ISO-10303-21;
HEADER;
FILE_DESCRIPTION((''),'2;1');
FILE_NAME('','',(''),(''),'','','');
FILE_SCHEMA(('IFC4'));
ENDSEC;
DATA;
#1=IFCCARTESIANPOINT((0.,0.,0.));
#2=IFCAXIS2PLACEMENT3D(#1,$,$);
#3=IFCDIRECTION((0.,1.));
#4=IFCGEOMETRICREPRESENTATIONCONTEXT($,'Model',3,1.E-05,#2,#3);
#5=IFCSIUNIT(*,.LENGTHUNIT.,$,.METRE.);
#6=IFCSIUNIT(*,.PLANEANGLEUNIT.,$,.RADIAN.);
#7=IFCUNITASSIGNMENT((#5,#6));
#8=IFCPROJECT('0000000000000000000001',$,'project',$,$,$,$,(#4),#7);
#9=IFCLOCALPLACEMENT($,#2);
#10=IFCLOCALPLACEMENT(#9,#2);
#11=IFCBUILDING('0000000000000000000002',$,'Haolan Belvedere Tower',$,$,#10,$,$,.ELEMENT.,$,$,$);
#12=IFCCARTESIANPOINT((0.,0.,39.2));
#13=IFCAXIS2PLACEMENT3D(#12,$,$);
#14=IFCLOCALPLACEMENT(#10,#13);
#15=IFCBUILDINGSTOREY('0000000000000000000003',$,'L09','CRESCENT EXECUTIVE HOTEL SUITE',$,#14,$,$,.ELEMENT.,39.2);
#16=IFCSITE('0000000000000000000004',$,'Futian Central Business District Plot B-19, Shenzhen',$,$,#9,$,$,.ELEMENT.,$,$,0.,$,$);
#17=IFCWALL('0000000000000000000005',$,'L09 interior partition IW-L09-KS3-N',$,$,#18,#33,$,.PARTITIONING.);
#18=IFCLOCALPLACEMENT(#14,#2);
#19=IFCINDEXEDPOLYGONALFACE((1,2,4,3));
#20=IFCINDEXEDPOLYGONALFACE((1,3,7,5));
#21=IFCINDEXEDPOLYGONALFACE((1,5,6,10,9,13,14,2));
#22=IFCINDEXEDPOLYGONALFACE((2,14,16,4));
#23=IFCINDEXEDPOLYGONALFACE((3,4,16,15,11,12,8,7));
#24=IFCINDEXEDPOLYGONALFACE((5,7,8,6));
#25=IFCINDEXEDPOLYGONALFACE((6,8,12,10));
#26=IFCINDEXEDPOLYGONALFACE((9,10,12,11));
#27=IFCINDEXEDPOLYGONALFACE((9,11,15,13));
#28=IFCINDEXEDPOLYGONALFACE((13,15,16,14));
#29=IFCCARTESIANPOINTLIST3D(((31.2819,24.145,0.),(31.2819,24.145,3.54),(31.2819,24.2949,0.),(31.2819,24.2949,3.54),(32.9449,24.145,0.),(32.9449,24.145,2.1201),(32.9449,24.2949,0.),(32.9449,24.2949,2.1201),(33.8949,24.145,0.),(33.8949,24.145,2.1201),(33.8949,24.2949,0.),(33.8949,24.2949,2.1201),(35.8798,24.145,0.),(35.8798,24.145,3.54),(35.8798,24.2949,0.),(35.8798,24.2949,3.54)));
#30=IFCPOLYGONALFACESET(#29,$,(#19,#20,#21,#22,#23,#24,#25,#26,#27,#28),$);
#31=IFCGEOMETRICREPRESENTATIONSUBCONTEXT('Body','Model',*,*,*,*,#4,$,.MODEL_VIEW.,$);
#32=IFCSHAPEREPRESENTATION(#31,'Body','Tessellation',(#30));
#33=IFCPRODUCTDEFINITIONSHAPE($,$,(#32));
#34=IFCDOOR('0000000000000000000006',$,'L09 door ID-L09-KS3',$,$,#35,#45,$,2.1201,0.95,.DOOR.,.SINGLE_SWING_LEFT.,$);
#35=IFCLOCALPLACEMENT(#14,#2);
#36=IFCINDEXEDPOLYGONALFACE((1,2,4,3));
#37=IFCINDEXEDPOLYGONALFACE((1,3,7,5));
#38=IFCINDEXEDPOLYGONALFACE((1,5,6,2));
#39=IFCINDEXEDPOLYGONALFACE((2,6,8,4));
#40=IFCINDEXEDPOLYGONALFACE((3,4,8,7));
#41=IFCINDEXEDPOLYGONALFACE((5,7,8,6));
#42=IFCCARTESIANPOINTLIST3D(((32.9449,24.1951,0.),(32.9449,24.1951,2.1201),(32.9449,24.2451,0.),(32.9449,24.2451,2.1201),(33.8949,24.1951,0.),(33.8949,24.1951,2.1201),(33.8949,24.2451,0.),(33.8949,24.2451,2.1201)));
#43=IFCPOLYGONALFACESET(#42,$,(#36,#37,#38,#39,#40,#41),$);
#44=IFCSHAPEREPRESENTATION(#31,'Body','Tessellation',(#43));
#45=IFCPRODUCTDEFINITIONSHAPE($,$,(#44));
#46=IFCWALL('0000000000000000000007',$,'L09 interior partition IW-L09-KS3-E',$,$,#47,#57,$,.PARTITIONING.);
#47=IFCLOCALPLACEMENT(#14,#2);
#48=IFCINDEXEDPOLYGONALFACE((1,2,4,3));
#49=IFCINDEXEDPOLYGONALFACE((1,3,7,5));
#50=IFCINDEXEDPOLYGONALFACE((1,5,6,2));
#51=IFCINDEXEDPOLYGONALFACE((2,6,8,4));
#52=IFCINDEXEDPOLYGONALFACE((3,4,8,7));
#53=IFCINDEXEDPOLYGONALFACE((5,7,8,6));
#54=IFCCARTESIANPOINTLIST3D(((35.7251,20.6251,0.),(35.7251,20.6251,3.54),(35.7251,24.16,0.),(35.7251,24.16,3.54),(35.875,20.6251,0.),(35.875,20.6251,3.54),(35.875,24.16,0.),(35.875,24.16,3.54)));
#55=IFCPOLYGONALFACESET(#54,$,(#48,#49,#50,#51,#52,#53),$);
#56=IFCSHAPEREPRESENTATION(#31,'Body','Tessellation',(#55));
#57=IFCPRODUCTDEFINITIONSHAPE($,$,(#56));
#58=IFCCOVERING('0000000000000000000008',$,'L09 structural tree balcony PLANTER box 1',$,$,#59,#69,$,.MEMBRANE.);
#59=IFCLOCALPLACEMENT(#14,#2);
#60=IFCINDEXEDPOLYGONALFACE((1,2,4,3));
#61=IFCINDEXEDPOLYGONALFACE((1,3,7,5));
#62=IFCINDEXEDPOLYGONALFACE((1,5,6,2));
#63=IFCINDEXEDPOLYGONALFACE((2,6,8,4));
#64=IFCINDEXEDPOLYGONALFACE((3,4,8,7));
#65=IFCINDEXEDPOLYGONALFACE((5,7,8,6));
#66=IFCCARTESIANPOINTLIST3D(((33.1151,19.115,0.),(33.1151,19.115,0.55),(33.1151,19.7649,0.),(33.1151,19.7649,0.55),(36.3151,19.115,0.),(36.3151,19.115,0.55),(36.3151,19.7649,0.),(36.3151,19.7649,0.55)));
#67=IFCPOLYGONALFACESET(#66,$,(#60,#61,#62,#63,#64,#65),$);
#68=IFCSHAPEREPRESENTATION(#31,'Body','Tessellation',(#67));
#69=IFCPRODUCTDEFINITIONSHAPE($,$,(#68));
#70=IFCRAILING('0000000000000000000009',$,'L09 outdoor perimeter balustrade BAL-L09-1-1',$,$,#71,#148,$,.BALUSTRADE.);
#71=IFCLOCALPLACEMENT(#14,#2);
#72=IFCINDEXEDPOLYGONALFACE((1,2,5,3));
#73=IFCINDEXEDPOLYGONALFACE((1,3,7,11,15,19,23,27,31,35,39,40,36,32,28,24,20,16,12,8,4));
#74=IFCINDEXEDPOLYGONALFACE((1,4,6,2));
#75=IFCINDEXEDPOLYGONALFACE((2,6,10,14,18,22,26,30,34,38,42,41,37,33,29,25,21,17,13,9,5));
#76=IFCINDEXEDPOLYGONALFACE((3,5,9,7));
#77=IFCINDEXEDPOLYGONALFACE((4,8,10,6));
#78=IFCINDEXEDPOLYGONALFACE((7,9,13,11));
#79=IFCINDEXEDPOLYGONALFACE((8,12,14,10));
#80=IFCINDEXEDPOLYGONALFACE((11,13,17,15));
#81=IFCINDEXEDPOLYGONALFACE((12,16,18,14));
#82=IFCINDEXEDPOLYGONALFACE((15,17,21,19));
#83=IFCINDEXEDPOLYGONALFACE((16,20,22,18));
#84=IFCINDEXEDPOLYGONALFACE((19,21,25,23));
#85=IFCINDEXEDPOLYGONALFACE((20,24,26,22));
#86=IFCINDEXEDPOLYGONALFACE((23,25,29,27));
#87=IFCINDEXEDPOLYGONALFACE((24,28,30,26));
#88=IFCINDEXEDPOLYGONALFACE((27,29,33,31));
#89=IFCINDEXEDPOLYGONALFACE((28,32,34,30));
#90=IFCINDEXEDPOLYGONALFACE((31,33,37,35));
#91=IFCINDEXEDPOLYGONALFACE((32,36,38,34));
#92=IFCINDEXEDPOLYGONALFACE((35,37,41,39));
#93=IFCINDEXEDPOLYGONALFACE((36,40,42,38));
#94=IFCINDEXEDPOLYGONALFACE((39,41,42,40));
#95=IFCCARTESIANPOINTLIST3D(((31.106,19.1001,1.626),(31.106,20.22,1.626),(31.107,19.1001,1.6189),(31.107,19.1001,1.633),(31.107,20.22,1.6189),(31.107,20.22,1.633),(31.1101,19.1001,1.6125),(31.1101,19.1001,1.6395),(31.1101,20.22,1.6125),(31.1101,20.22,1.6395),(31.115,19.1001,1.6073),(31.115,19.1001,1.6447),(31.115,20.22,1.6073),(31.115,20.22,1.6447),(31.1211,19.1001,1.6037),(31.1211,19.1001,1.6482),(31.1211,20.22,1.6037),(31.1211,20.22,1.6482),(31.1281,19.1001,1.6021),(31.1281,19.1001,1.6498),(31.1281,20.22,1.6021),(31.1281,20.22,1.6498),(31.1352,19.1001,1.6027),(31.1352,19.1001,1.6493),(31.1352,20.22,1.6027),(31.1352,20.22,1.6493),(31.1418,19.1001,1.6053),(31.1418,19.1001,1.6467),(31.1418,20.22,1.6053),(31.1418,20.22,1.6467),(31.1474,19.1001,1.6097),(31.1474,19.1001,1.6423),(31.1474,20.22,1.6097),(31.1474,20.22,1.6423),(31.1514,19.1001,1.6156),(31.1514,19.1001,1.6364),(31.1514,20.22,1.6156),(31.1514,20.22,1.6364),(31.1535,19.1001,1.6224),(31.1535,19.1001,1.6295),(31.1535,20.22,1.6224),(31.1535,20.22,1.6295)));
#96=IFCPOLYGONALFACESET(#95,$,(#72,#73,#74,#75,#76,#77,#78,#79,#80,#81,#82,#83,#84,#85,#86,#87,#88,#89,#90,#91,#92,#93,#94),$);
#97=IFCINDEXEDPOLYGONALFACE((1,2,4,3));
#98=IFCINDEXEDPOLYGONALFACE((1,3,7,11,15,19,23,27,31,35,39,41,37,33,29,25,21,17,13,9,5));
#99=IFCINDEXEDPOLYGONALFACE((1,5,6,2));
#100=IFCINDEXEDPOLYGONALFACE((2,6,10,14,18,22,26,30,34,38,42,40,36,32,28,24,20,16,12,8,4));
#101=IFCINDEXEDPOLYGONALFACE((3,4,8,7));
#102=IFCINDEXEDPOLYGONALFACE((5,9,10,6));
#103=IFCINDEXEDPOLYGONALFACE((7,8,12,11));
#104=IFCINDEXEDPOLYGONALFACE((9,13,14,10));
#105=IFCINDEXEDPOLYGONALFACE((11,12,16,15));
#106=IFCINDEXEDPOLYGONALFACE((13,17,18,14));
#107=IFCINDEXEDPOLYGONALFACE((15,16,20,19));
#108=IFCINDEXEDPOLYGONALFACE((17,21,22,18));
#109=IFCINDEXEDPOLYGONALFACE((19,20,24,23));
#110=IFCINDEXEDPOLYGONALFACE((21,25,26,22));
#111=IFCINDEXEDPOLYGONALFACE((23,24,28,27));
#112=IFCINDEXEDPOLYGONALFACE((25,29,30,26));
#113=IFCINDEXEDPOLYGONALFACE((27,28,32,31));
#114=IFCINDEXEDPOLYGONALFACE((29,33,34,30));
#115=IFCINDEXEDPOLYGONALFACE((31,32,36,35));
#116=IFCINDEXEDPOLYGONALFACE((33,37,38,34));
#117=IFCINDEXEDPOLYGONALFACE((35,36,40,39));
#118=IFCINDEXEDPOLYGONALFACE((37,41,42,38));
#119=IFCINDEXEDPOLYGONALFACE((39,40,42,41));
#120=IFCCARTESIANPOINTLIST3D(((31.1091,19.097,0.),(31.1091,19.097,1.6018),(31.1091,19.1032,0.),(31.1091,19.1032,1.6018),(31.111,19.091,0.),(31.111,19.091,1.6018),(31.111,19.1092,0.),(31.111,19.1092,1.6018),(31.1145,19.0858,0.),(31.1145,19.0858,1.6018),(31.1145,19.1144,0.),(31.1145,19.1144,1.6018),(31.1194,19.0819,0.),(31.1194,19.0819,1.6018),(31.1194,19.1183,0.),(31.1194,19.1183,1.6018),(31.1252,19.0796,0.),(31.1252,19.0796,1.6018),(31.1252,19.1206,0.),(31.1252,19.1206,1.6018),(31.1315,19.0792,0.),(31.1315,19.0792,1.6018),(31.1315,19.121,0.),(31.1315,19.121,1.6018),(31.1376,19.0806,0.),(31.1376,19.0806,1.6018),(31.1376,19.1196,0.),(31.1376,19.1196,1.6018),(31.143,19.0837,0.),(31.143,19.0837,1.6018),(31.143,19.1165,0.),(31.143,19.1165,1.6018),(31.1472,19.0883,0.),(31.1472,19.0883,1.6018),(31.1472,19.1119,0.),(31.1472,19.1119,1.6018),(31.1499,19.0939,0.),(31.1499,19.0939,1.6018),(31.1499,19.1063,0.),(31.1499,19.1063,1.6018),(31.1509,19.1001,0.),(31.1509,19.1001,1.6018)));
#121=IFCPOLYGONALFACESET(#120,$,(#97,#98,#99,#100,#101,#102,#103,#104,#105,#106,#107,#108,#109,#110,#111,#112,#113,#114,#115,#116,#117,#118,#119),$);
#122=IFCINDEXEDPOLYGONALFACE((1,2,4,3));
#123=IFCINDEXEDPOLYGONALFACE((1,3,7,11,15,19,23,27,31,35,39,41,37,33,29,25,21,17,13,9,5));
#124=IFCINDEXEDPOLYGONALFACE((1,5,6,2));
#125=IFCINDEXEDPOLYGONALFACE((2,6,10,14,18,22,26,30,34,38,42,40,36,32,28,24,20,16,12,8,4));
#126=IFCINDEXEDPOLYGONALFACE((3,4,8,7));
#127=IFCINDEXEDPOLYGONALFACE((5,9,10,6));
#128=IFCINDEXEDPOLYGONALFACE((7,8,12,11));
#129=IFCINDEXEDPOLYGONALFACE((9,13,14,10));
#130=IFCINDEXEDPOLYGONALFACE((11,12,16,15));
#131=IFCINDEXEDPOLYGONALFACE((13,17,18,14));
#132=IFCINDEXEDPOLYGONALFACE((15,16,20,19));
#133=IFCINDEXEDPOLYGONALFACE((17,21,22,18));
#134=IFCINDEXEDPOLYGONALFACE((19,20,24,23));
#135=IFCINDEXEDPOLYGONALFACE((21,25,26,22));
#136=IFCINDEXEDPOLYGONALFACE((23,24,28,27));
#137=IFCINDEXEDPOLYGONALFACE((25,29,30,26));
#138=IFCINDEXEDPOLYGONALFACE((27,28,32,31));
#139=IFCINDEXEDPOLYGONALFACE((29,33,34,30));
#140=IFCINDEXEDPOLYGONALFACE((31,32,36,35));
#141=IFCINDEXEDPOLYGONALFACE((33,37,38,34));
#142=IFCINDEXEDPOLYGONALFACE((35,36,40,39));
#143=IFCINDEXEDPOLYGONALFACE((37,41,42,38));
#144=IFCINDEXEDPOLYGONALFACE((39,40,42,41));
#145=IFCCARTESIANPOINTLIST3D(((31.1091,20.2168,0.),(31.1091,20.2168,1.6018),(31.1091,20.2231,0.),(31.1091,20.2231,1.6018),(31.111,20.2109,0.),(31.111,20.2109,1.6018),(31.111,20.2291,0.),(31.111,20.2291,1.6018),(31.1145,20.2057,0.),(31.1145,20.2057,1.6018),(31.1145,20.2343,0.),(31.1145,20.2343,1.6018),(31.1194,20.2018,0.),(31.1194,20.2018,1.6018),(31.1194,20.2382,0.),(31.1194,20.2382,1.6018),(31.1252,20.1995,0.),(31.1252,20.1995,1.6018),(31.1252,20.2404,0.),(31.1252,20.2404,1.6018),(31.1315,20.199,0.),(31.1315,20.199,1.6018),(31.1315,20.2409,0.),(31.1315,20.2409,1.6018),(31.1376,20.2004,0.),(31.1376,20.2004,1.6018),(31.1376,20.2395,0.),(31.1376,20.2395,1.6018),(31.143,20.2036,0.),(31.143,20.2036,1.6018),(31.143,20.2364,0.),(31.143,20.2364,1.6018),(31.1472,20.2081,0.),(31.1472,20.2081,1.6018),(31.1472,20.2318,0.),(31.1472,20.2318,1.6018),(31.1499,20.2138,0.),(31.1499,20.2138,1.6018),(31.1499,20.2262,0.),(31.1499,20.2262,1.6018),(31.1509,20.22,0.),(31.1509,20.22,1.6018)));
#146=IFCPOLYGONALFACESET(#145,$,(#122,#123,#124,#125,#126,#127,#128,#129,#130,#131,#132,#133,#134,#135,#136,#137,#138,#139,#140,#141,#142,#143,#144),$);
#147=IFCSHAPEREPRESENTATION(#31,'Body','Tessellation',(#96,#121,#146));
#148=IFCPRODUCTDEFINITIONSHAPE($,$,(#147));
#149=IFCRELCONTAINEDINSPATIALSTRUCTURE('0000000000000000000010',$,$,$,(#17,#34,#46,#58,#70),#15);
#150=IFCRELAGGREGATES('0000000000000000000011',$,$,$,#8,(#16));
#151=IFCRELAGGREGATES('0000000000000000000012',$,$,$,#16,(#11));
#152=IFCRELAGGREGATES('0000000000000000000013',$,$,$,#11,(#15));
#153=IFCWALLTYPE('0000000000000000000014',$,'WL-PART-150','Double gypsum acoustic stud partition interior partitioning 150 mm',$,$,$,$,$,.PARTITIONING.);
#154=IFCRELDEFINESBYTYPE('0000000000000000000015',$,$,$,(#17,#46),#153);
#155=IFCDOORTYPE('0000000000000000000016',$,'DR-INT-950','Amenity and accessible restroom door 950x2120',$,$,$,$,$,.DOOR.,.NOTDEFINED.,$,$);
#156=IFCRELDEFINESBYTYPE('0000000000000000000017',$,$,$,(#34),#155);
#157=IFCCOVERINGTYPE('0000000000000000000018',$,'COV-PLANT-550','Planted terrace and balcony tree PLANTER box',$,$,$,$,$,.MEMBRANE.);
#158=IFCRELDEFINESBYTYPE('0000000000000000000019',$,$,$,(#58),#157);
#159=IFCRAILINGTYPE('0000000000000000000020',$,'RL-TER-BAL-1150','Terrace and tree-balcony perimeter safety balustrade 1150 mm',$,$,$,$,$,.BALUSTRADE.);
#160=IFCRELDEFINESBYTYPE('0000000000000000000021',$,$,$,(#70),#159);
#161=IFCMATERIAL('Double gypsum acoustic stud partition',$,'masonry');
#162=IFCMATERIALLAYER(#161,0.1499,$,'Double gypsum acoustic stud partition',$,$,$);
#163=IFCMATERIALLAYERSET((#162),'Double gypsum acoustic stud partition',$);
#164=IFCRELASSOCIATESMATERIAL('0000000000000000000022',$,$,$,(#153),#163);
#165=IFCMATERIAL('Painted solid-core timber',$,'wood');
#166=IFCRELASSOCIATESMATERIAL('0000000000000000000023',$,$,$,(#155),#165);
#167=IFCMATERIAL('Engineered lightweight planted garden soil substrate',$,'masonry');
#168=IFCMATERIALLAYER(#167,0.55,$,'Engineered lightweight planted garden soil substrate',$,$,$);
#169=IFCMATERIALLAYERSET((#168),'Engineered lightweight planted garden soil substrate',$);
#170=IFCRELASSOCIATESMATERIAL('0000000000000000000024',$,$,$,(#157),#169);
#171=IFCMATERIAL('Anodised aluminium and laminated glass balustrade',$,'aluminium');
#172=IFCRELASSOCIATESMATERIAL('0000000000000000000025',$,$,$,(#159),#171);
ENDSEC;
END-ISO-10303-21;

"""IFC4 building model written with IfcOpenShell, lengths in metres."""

from ifc_helpers import new_model, si_unit, direction, frame, frame_2d, origin, origin_2d, place, context, subcontext, project, spatial, rectangle, circle, extrude, material, layer, layer_set, type_object, element, fill, save


model = new_model("IFC4")

# Units and contexts
model_context = context("Model", 3, precision=1e-05, world=origin(), true_north=direction((0.0, 1.0)))
body_context = subcontext(model_context, "Body", "Model", "MODEL_VIEW")
ifc_project = project(units=[si_unit("LENGTHUNIT", "METRE"), si_unit("PLANEANGLEUNIT", "RADIAN")], contexts=[model_context])

# Site, building, storey
site_placement = place(None, origin())
site = spatial("IfcSite", under=ifc_project, at=site_placement, Name="Futian Central Business District Plot B-19, Shenzhen", CompositionType="ELEMENT", RefElevation=0.0)
building_placement = place(site_placement, origin())
building = spatial("IfcBuilding", under=site, at=building_placement, Name="Haolan Belvedere Tower", CompositionType="ELEMENT")
storey_placement = place(building_placement, frame((0.0, 0.0, 39.2)))
storey = spatial("IfcBuildingStorey", under=building, at=storey_placement, Name="L09", Description="CRESCENT EXECUTIVE HOTEL SUITE", CompositionType="ELEMENT", Elevation=39.2)

# Shared definitions
ifc_material_1 = material(Name="Double gypsum acoustic stud partition", Category="masonry")
ifc_layer_1 = layer(ifc_material_1, 0.1499, Name="Double gypsum acoustic stud partition")
ifc_layer_set_1 = layer_set([ifc_layer_1], Name="Double gypsum acoustic stud partition")
wall_type_1 = type_object("IfcWallType", Name="WL-PART-150", Description="Double gypsum acoustic stud partition interior partitioning 150 mm", PredefinedType="PARTITIONING", material=ifc_layer_set_1)

# Wall, opening, door
wall_1_placement = place(storey_placement, frame((31.282, 24.22, 0.0), z_axis=(0.0, 0.0, 1.0), x_axis=(1.0, 0.0, 0.0)))
wall_1 = element("IfcWall", 1, at=wall_1_placement, inside=storey, type_object=wall_type_1, Name="L09 interior partition IW-L09-KS3-N", PredefinedType="PARTITIONING", context=body_context, shape_type="SweptSolid", body=[
    extrude(rectangle(XDim=4.5979, YDim=0.1499, at=frame_2d((2.2988, 0.0))), origin(), (0.0, 0.0, 1.0), 3.54),
])
opening_1_placement = place(wall_1_placement, frame((2.613, 0.0, 0.0), z_axis=(0.0, 0.0, 1.0), x_axis=(-1.0, 0.0, 0.0)))
opening_1 = element("IfcOpeningElement", 2, at=opening_1_placement, cuts=wall_1, PredefinedType="OPENING", context=body_context, shape_type="SweptSolid", body=[
    extrude(rectangle(XDim=0.95, YDim=2.1201, at=frame_2d((0.4751, 1.0601))), frame((0.0, 0.085, 0.0), z_axis=(0.0, -1.0, 0.0), x_axis=(1.0, 0.0, 0.0)), (0.0, 0.0, 1.0), 0.1699),
])
ifc_material_2 = material(Name="Painted solid-core timber", Category="wood")
door_type_1 = type_object("IfcDoorType", Name="DR-INT-950", Description="Amenity and accessible restroom door 950x2120", OperationType="NOTDEFINED", PredefinedType="DOOR", material=ifc_material_2)
door_1_placement = place(opening_1_placement, origin())
door_1 = element("IfcDoor", 3, at=door_1_placement, inside=storey, type_object=door_type_1, Name="L09 door ID-L09-KS3", OperationType="SINGLE_SWING_LEFT", OverallHeight=2.1201, OverallWidth=0.95, PredefinedType="DOOR", context=body_context, shape_type="SweptSolid", body=[
    extrude(rectangle(XDim=0.95, YDim=2.1201, at=frame_2d((0.4751, 1.0601))), frame((0.0, 0.0249, 0.0), z_axis=(0.0, -1.0, 0.0), x_axis=(1.0, 0.0, 0.0)), (0.0, 0.0, 1.0), 0.05),
])
fill(opening_1, door_1)

# Wall
wall_2_placement = place(storey_placement, frame((35.8, 20.625, 0.0), z_axis=(0.0, 0.0, 1.0), x_axis=(0.0, 1.0, 0.0)))
element("IfcWall", 4, at=wall_2_placement, inside=storey, type_object=wall_type_1, Name="L09 interior partition IW-L09-KS3-E", PredefinedType="PARTITIONING", context=body_context, shape_type="SweptSolid", body=[
    extrude(rectangle(XDim=3.5349, YDim=0.1499, at=frame_2d((1.7676, 0.0))), origin(), (0.0, 0.0, 1.0), 3.54),
])

# Covering
ifc_material_3 = material(Name="Engineered lightweight planted garden soil substrate", Category="masonry")
ifc_layer_2 = layer(ifc_material_3, 0.55, Name="Engineered lightweight planted garden soil substrate")
ifc_layer_set_2 = layer_set([ifc_layer_2], Name="Engineered lightweight planted garden soil substrate")
covering_type = type_object("IfcCoveringType", Name="COV-PLANT-550", Description="Planted terrace and balcony tree PLANTER box", PredefinedType="MEMBRANE", material=ifc_layer_set_2)
covering_placement = place(storey_placement, frame((34.7151, 19.4399, 0.0), z_axis=(0.0, 0.0, 1.0), x_axis=(1.0, 0.0, 0.0)))
element("IfcCovering", 5, at=covering_placement, inside=storey, type_object=covering_type, Name="L09 structural tree balcony PLANTER box 1", PredefinedType="MEMBRANE", context=body_context, shape_type="SweptSolid", body=[
    extrude(rectangle(XDim=3.2, YDim=0.6499, at=origin_2d()), origin(), (0.0, 0.0, 1.0), 0.55),
])

# Railing
ifc_material_4 = material(Name="Anodised aluminium and laminated glass balustrade", Category="aluminium")
railing_type = type_object("IfcRailingType", Name="RL-TER-BAL-1150", Description="Terrace and tree-balcony perimeter safety balustrade 1150 mm", PredefinedType="BALUSTRADE", material=ifc_material_4)
railing_placement = place(storey_placement, frame((31.1299, 19.1001, 0.0)))
element("IfcRailing", 6, at=railing_placement, inside=storey, type_object=railing_type, Name="L09 outdoor perimeter balustrade BAL-L09-1-1", PredefinedType="BALUSTRADE", context=body_context, shape_type="SweptSolid", body=[
    extrude(circle(Radius=0.0239, at=origin_2d()), frame((0.0, 0.0, 1.626), z_axis=(0.0, 1.0, 0.0), x_axis=(-1.0, 0.0, 0.0)), (0.0, 0.0, 1.0), 1.1199),
    extrude(circle(Radius=0.021, at=origin_2d()), origin(), (0.0, 0.0, 1.0), 1.6018),
    extrude(circle(Radius=0.021, at=origin_2d()), frame((0.0, 1.1199, 0.0)), (0.0, 0.0, 1.0), 1.6018),
])

save(model, "model.ifc")
